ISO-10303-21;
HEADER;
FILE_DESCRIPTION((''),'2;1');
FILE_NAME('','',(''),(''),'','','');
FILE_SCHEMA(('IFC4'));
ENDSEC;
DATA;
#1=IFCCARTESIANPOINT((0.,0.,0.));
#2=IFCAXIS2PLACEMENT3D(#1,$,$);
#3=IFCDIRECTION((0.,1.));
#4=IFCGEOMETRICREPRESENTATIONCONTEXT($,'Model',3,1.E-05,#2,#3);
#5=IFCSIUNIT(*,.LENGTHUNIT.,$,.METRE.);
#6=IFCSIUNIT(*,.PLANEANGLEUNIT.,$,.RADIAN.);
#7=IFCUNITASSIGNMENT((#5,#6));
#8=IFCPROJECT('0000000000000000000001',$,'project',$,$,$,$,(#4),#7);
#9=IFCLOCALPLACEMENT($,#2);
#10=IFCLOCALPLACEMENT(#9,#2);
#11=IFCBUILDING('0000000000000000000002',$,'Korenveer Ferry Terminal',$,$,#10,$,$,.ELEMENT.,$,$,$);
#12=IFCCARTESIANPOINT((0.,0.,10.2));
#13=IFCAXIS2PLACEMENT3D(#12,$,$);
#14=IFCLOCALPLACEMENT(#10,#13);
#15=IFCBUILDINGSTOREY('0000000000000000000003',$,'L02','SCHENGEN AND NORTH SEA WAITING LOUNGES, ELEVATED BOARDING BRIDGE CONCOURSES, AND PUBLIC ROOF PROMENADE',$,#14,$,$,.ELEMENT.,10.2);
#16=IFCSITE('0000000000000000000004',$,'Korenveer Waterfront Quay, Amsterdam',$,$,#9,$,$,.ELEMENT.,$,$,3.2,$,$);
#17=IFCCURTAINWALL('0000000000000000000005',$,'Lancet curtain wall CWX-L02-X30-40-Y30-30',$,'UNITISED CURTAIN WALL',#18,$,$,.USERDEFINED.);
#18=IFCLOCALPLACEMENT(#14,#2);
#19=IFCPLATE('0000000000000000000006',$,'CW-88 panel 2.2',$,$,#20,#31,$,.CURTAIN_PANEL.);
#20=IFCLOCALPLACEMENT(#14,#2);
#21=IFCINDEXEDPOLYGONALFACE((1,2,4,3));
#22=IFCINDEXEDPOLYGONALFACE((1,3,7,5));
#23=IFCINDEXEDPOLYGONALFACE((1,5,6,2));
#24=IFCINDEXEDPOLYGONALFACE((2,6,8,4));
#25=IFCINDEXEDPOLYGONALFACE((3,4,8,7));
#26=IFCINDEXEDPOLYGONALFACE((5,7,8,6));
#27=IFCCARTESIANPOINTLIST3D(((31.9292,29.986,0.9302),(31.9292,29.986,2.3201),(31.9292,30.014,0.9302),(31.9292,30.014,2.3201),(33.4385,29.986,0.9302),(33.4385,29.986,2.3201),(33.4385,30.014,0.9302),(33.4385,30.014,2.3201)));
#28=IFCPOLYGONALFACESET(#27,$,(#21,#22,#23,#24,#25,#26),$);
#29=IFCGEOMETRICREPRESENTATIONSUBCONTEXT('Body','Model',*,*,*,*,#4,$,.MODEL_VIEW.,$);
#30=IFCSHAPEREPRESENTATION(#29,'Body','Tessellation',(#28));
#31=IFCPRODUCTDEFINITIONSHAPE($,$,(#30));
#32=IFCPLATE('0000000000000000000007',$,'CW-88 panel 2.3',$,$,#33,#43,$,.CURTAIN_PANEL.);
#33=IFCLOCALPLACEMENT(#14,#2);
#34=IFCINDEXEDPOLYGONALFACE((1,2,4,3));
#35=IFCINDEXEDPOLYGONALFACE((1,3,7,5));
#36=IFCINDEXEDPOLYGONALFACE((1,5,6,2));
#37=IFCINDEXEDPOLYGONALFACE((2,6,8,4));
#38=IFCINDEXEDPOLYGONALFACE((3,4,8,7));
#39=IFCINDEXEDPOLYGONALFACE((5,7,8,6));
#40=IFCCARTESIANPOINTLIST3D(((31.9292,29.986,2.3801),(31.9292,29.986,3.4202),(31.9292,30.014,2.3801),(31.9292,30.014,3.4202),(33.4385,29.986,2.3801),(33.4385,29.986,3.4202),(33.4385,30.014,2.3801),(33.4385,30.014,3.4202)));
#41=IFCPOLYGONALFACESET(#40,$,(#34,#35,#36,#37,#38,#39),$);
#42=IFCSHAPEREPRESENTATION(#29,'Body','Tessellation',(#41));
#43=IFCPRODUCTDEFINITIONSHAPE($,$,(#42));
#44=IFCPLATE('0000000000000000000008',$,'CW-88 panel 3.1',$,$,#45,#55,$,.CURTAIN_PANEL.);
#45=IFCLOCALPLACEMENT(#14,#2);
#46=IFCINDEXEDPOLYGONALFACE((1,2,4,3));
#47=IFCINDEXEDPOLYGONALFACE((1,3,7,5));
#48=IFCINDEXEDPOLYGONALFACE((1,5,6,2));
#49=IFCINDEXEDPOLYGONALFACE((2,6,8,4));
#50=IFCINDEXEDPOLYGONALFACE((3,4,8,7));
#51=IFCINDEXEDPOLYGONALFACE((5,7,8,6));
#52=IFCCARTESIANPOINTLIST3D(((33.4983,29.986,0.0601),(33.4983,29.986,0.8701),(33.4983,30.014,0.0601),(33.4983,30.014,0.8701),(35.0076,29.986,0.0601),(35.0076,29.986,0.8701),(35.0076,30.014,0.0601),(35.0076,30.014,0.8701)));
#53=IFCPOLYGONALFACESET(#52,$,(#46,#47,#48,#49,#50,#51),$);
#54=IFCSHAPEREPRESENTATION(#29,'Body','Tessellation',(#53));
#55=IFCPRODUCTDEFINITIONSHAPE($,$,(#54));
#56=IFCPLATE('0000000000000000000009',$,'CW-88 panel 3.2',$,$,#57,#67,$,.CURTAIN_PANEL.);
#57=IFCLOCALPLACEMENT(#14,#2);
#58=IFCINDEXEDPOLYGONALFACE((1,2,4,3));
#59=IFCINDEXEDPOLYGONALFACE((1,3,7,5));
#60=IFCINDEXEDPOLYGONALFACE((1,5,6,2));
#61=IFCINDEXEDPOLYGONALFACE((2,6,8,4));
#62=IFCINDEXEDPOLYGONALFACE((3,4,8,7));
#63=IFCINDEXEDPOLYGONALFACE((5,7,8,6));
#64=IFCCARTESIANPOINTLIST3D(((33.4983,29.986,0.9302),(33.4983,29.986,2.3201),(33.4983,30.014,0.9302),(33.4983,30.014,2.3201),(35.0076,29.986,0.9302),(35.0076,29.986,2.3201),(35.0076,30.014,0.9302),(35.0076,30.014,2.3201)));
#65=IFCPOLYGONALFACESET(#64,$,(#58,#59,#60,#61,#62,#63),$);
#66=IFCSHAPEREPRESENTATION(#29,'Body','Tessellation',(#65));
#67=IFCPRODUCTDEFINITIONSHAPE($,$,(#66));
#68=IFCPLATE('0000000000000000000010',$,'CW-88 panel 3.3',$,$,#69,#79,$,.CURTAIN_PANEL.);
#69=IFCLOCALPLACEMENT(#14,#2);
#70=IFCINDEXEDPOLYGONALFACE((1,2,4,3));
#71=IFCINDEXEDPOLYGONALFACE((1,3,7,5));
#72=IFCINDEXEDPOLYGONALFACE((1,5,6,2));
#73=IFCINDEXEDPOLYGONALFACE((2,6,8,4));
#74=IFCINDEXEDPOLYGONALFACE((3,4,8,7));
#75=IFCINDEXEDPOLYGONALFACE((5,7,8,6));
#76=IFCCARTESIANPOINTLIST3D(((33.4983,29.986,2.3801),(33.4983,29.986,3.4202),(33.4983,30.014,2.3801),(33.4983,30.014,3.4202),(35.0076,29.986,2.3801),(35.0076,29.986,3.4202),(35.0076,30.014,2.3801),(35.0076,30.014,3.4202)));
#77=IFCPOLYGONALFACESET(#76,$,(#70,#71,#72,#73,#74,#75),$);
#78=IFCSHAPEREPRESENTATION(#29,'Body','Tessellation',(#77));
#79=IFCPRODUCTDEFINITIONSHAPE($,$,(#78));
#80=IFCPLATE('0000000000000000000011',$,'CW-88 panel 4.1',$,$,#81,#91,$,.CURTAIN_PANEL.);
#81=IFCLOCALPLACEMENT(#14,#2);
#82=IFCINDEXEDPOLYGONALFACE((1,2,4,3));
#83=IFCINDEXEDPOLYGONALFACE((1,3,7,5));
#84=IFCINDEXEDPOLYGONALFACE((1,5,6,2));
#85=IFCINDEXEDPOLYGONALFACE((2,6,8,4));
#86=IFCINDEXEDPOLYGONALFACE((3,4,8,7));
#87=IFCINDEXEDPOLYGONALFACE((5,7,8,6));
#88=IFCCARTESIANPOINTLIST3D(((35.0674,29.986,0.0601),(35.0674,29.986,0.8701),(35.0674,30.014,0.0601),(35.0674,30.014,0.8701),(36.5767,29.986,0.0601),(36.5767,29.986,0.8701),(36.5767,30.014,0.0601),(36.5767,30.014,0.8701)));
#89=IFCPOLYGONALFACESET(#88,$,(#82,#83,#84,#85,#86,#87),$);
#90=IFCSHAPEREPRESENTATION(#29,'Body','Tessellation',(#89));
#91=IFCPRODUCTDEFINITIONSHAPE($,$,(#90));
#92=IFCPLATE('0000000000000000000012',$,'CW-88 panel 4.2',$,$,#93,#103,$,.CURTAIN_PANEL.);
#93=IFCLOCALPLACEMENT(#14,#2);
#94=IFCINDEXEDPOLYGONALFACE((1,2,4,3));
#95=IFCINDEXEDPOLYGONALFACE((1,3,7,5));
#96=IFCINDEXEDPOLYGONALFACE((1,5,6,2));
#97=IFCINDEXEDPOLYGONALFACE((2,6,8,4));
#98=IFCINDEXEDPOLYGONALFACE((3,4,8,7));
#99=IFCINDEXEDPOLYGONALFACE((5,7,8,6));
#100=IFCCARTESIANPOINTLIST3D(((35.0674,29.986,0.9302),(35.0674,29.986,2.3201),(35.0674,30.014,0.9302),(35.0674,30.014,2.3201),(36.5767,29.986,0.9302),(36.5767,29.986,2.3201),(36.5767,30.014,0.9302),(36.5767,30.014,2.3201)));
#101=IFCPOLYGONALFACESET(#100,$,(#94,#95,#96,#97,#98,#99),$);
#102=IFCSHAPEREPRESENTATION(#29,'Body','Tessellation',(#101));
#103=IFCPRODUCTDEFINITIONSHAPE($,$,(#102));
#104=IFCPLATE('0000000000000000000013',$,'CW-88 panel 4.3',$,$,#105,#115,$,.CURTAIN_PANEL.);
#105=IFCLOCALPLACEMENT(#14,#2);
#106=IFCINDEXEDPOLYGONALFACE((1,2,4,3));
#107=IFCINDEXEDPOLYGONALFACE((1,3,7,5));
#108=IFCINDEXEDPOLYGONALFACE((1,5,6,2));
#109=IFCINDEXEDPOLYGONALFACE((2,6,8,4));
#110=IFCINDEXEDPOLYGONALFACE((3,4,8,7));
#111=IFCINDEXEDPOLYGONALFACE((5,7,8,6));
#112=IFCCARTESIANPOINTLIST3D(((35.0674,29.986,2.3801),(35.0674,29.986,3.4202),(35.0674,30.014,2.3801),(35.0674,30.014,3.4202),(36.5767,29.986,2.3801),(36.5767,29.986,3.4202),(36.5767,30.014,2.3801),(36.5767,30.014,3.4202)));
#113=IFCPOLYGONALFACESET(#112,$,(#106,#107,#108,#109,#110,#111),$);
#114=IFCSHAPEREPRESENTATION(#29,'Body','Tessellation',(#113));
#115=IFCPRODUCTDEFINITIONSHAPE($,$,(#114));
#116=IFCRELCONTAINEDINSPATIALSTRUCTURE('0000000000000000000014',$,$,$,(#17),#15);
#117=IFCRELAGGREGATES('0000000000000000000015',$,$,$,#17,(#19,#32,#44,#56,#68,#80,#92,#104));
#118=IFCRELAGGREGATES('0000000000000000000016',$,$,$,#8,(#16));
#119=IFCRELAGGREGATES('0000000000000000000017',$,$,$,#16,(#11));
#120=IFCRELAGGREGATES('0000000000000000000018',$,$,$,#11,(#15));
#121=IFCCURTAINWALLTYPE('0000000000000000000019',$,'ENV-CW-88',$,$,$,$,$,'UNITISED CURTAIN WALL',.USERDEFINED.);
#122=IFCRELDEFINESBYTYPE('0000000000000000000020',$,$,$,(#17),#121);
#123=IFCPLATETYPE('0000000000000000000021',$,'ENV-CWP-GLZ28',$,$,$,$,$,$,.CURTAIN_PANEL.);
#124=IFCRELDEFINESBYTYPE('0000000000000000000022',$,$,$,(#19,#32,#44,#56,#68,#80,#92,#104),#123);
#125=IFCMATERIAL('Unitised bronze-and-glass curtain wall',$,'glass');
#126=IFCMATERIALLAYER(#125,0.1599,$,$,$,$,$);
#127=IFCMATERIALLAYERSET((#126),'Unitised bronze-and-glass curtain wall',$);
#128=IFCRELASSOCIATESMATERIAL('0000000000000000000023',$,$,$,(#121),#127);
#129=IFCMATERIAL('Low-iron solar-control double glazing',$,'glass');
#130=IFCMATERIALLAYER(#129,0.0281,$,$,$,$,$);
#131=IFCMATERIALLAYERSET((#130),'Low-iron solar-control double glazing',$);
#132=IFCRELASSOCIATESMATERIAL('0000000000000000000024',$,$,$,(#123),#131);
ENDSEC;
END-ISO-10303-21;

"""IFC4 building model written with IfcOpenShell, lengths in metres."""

from ifc_helpers import new_model, si_unit, direction, frame, origin, origin_2d, place, context, subcontext, project, spatial, rectangle, extrude, material, layer, layer_set, type_object, element, aggregate, save


model = new_model("IFC4")

# Units and contexts
model_context = context("Model", 3, precision=1e-05, world=origin(), true_north=direction((0.0, 1.0)))
body_context = subcontext(model_context, "Body", "Model", "MODEL_VIEW")
ifc_project = project(units=[si_unit("LENGTHUNIT", "METRE"), si_unit("PLANEANGLEUNIT", "RADIAN")], contexts=[model_context])

# Site, building, storey
site_placement = place(None, origin())
site = spatial("IfcSite", under=ifc_project, at=site_placement, Name="Korenveer Waterfront Quay, Amsterdam", CompositionType="ELEMENT", RefElevation=3.2)
building_placement = place(site_placement, origin())
building = spatial("IfcBuilding", under=site, at=building_placement, Name="Korenveer Ferry Terminal", CompositionType="ELEMENT")
storey_placement = place(building_placement, frame((0.0, 0.0, 10.2)))
storey = spatial("IfcBuildingStorey", under=building, at=storey_placement, Name="L02", Description="SCHENGEN AND NORTH SEA WAITING LOUNGES, ELEVATED BOARDING BRIDGE CONCOURSES, AND PUBLIC ROOF PROMENADE", CompositionType="ELEMENT", Elevation=10.2)

# Curtain wall
ifc_material_1 = material(Name="Unitised bronze-and-glass curtain wall", Category="glass")
ifc_layer_1 = layer(ifc_material_1, 0.1599)
ifc_layer_set_1 = layer_set([ifc_layer_1], Name="Unitised bronze-and-glass curtain wall")
curtain_wall_type = type_object("IfcCurtainWallType", Name="ENV-CW-88", ElementType="UNITISED CURTAIN WALL", PredefinedType="USERDEFINED", material=ifc_layer_set_1)
curtain_wall_placement = place(storey_placement, frame((30.3301, 30.0, 0.0)))
curtain_wall = element("IfcCurtainWall", 1, at=curtain_wall_placement, inside=storey, type_object=curtain_wall_type, Name="Lancet curtain wall CWX-L02-X30-40-Y30-30", ObjectType="UNITISED CURTAIN WALL", PredefinedType="USERDEFINED")

# Plates
ifc_material_2 = material(Name="Low-iron solar-control double glazing", Category="glass")
ifc_layer_2 = layer(ifc_material_2, 0.0281)
ifc_layer_set_2 = layer_set([ifc_layer_2], Name="Low-iron solar-control double glazing")
plate_type = type_object("IfcPlateType", Name="ENV-CWP-GLZ28", PredefinedType="CURTAIN_PANEL", material=ifc_layer_set_2)
plate_1_placement = place(storey_placement, frame((32.6838, 30.0, 0.9302), z_axis=(0.0, 0.0, 1.0), x_axis=(1.0, 0.0, 0.0)))
plate_1 = element("IfcPlate", 2, at=plate_1_placement, type_object=plate_type, Name="CW-88 panel 2.2", PredefinedType="CURTAIN_PANEL", context=body_context, shape_type="SweptSolid", body=[
    extrude(rectangle(XDim=1.5093, YDim=0.0281, at=origin_2d()), origin(), (0.0, 0.0, 1.0), 1.3899),
])
plate_2_placement = place(storey_placement, frame((32.6838, 30.0, 2.3801), z_axis=(0.0, 0.0, 1.0), x_axis=(1.0, 0.0, 0.0)))
plate_2 = element("IfcPlate", 3, at=plate_2_placement, type_object=plate_type, Name="CW-88 panel 2.3", PredefinedType="CURTAIN_PANEL", context=body_context, shape_type="SweptSolid", body=[
    extrude(rectangle(XDim=1.5093, YDim=0.0281, at=origin_2d()), origin(), (0.0, 0.0, 1.0), 1.04),
])
plate_3_placement = place(storey_placement, frame((34.2529, 30.0, 0.0601), z_axis=(0.0, 0.0, 1.0), x_axis=(1.0, 0.0, 0.0)))
plate_3 = element("IfcPlate", 4, at=plate_3_placement, type_object=plate_type, Name="CW-88 panel 3.1", PredefinedType="CURTAIN_PANEL", context=body_context, shape_type="SweptSolid", body=[
    extrude(rectangle(XDim=1.5093, YDim=0.0281, at=origin_2d()), origin(), (0.0, 0.0, 1.0), 0.8101),
])
plate_4_placement = place(storey_placement, frame((34.2529, 30.0, 0.9302), z_axis=(0.0, 0.0, 1.0), x_axis=(1.0, 0.0, 0.0)))
plate_4 = element("IfcPlate", 5, at=plate_4_placement, type_object=plate_type, Name="CW-88 panel 3.2", PredefinedType="CURTAIN_PANEL", context=body_context, shape_type="SweptSolid", body=[
    extrude(rectangle(XDim=1.5093, YDim=0.0281, at=origin_2d()), origin(), (0.0, 0.0, 1.0), 1.3899),
])
plate_5_placement = place(storey_placement, frame((34.2529, 30.0, 2.3801), z_axis=(0.0, 0.0, 1.0), x_axis=(1.0, 0.0, 0.0)))
plate_5 = element("IfcPlate", 6, at=plate_5_placement, type_object=plate_type, Name="CW-88 panel 3.3", PredefinedType="CURTAIN_PANEL", context=body_context, shape_type="SweptSolid", body=[
    extrude(rectangle(XDim=1.5093, YDim=0.0281, at=origin_2d()), origin(), (0.0, 0.0, 1.0), 1.04),
])
plate_6_placement = place(storey_placement, frame((35.822, 30.0, 0.0601), z_axis=(0.0, 0.0, 1.0), x_axis=(1.0, 0.0, 0.0)))
plate_6 = element("IfcPlate", 7, at=plate_6_placement, type_object=plate_type, Name="CW-88 panel 4.1", PredefinedType="CURTAIN_PANEL", context=body_context, shape_type="SweptSolid", body=[
    extrude(rectangle(XDim=1.5093, YDim=0.0281, at=origin_2d()), origin(), (0.0, 0.0, 1.0), 0.8101),
])
plate_7_placement = place(storey_placement, frame((35.822, 30.0, 0.9302), z_axis=(0.0, 0.0, 1.0), x_axis=(1.0, 0.0, 0.0)))
plate_7 = element("IfcPlate", 8, at=plate_7_placement, type_object=plate_type, Name="CW-88 panel 4.2", PredefinedType="CURTAIN_PANEL", context=body_context, shape_type="SweptSolid", body=[
    extrude(rectangle(XDim=1.5093, YDim=0.0281, at=origin_2d()), origin(), (0.0, 0.0, 1.0), 1.3899),
])
plate_8_placement = place(storey_placement, frame((35.822, 30.0, 2.3801), z_axis=(0.0, 0.0, 1.0), x_axis=(1.0, 0.0, 0.0)))
plate_8 = element("IfcPlate", 9, at=plate_8_placement, type_object=plate_type, Name="CW-88 panel 4.3", PredefinedType="CURTAIN_PANEL", context=body_context, shape_type="SweptSolid", body=[
    extrude(rectangle(XDim=1.5093, YDim=0.0281, at=origin_2d()), origin(), (0.0, 0.0, 1.0), 1.04),
])
aggregate(curtain_wall, [plate_1, plate_2, plate_3, plate_4, plate_5, plate_6, plate_7, plate_8])

save(model, "model.ifc")
